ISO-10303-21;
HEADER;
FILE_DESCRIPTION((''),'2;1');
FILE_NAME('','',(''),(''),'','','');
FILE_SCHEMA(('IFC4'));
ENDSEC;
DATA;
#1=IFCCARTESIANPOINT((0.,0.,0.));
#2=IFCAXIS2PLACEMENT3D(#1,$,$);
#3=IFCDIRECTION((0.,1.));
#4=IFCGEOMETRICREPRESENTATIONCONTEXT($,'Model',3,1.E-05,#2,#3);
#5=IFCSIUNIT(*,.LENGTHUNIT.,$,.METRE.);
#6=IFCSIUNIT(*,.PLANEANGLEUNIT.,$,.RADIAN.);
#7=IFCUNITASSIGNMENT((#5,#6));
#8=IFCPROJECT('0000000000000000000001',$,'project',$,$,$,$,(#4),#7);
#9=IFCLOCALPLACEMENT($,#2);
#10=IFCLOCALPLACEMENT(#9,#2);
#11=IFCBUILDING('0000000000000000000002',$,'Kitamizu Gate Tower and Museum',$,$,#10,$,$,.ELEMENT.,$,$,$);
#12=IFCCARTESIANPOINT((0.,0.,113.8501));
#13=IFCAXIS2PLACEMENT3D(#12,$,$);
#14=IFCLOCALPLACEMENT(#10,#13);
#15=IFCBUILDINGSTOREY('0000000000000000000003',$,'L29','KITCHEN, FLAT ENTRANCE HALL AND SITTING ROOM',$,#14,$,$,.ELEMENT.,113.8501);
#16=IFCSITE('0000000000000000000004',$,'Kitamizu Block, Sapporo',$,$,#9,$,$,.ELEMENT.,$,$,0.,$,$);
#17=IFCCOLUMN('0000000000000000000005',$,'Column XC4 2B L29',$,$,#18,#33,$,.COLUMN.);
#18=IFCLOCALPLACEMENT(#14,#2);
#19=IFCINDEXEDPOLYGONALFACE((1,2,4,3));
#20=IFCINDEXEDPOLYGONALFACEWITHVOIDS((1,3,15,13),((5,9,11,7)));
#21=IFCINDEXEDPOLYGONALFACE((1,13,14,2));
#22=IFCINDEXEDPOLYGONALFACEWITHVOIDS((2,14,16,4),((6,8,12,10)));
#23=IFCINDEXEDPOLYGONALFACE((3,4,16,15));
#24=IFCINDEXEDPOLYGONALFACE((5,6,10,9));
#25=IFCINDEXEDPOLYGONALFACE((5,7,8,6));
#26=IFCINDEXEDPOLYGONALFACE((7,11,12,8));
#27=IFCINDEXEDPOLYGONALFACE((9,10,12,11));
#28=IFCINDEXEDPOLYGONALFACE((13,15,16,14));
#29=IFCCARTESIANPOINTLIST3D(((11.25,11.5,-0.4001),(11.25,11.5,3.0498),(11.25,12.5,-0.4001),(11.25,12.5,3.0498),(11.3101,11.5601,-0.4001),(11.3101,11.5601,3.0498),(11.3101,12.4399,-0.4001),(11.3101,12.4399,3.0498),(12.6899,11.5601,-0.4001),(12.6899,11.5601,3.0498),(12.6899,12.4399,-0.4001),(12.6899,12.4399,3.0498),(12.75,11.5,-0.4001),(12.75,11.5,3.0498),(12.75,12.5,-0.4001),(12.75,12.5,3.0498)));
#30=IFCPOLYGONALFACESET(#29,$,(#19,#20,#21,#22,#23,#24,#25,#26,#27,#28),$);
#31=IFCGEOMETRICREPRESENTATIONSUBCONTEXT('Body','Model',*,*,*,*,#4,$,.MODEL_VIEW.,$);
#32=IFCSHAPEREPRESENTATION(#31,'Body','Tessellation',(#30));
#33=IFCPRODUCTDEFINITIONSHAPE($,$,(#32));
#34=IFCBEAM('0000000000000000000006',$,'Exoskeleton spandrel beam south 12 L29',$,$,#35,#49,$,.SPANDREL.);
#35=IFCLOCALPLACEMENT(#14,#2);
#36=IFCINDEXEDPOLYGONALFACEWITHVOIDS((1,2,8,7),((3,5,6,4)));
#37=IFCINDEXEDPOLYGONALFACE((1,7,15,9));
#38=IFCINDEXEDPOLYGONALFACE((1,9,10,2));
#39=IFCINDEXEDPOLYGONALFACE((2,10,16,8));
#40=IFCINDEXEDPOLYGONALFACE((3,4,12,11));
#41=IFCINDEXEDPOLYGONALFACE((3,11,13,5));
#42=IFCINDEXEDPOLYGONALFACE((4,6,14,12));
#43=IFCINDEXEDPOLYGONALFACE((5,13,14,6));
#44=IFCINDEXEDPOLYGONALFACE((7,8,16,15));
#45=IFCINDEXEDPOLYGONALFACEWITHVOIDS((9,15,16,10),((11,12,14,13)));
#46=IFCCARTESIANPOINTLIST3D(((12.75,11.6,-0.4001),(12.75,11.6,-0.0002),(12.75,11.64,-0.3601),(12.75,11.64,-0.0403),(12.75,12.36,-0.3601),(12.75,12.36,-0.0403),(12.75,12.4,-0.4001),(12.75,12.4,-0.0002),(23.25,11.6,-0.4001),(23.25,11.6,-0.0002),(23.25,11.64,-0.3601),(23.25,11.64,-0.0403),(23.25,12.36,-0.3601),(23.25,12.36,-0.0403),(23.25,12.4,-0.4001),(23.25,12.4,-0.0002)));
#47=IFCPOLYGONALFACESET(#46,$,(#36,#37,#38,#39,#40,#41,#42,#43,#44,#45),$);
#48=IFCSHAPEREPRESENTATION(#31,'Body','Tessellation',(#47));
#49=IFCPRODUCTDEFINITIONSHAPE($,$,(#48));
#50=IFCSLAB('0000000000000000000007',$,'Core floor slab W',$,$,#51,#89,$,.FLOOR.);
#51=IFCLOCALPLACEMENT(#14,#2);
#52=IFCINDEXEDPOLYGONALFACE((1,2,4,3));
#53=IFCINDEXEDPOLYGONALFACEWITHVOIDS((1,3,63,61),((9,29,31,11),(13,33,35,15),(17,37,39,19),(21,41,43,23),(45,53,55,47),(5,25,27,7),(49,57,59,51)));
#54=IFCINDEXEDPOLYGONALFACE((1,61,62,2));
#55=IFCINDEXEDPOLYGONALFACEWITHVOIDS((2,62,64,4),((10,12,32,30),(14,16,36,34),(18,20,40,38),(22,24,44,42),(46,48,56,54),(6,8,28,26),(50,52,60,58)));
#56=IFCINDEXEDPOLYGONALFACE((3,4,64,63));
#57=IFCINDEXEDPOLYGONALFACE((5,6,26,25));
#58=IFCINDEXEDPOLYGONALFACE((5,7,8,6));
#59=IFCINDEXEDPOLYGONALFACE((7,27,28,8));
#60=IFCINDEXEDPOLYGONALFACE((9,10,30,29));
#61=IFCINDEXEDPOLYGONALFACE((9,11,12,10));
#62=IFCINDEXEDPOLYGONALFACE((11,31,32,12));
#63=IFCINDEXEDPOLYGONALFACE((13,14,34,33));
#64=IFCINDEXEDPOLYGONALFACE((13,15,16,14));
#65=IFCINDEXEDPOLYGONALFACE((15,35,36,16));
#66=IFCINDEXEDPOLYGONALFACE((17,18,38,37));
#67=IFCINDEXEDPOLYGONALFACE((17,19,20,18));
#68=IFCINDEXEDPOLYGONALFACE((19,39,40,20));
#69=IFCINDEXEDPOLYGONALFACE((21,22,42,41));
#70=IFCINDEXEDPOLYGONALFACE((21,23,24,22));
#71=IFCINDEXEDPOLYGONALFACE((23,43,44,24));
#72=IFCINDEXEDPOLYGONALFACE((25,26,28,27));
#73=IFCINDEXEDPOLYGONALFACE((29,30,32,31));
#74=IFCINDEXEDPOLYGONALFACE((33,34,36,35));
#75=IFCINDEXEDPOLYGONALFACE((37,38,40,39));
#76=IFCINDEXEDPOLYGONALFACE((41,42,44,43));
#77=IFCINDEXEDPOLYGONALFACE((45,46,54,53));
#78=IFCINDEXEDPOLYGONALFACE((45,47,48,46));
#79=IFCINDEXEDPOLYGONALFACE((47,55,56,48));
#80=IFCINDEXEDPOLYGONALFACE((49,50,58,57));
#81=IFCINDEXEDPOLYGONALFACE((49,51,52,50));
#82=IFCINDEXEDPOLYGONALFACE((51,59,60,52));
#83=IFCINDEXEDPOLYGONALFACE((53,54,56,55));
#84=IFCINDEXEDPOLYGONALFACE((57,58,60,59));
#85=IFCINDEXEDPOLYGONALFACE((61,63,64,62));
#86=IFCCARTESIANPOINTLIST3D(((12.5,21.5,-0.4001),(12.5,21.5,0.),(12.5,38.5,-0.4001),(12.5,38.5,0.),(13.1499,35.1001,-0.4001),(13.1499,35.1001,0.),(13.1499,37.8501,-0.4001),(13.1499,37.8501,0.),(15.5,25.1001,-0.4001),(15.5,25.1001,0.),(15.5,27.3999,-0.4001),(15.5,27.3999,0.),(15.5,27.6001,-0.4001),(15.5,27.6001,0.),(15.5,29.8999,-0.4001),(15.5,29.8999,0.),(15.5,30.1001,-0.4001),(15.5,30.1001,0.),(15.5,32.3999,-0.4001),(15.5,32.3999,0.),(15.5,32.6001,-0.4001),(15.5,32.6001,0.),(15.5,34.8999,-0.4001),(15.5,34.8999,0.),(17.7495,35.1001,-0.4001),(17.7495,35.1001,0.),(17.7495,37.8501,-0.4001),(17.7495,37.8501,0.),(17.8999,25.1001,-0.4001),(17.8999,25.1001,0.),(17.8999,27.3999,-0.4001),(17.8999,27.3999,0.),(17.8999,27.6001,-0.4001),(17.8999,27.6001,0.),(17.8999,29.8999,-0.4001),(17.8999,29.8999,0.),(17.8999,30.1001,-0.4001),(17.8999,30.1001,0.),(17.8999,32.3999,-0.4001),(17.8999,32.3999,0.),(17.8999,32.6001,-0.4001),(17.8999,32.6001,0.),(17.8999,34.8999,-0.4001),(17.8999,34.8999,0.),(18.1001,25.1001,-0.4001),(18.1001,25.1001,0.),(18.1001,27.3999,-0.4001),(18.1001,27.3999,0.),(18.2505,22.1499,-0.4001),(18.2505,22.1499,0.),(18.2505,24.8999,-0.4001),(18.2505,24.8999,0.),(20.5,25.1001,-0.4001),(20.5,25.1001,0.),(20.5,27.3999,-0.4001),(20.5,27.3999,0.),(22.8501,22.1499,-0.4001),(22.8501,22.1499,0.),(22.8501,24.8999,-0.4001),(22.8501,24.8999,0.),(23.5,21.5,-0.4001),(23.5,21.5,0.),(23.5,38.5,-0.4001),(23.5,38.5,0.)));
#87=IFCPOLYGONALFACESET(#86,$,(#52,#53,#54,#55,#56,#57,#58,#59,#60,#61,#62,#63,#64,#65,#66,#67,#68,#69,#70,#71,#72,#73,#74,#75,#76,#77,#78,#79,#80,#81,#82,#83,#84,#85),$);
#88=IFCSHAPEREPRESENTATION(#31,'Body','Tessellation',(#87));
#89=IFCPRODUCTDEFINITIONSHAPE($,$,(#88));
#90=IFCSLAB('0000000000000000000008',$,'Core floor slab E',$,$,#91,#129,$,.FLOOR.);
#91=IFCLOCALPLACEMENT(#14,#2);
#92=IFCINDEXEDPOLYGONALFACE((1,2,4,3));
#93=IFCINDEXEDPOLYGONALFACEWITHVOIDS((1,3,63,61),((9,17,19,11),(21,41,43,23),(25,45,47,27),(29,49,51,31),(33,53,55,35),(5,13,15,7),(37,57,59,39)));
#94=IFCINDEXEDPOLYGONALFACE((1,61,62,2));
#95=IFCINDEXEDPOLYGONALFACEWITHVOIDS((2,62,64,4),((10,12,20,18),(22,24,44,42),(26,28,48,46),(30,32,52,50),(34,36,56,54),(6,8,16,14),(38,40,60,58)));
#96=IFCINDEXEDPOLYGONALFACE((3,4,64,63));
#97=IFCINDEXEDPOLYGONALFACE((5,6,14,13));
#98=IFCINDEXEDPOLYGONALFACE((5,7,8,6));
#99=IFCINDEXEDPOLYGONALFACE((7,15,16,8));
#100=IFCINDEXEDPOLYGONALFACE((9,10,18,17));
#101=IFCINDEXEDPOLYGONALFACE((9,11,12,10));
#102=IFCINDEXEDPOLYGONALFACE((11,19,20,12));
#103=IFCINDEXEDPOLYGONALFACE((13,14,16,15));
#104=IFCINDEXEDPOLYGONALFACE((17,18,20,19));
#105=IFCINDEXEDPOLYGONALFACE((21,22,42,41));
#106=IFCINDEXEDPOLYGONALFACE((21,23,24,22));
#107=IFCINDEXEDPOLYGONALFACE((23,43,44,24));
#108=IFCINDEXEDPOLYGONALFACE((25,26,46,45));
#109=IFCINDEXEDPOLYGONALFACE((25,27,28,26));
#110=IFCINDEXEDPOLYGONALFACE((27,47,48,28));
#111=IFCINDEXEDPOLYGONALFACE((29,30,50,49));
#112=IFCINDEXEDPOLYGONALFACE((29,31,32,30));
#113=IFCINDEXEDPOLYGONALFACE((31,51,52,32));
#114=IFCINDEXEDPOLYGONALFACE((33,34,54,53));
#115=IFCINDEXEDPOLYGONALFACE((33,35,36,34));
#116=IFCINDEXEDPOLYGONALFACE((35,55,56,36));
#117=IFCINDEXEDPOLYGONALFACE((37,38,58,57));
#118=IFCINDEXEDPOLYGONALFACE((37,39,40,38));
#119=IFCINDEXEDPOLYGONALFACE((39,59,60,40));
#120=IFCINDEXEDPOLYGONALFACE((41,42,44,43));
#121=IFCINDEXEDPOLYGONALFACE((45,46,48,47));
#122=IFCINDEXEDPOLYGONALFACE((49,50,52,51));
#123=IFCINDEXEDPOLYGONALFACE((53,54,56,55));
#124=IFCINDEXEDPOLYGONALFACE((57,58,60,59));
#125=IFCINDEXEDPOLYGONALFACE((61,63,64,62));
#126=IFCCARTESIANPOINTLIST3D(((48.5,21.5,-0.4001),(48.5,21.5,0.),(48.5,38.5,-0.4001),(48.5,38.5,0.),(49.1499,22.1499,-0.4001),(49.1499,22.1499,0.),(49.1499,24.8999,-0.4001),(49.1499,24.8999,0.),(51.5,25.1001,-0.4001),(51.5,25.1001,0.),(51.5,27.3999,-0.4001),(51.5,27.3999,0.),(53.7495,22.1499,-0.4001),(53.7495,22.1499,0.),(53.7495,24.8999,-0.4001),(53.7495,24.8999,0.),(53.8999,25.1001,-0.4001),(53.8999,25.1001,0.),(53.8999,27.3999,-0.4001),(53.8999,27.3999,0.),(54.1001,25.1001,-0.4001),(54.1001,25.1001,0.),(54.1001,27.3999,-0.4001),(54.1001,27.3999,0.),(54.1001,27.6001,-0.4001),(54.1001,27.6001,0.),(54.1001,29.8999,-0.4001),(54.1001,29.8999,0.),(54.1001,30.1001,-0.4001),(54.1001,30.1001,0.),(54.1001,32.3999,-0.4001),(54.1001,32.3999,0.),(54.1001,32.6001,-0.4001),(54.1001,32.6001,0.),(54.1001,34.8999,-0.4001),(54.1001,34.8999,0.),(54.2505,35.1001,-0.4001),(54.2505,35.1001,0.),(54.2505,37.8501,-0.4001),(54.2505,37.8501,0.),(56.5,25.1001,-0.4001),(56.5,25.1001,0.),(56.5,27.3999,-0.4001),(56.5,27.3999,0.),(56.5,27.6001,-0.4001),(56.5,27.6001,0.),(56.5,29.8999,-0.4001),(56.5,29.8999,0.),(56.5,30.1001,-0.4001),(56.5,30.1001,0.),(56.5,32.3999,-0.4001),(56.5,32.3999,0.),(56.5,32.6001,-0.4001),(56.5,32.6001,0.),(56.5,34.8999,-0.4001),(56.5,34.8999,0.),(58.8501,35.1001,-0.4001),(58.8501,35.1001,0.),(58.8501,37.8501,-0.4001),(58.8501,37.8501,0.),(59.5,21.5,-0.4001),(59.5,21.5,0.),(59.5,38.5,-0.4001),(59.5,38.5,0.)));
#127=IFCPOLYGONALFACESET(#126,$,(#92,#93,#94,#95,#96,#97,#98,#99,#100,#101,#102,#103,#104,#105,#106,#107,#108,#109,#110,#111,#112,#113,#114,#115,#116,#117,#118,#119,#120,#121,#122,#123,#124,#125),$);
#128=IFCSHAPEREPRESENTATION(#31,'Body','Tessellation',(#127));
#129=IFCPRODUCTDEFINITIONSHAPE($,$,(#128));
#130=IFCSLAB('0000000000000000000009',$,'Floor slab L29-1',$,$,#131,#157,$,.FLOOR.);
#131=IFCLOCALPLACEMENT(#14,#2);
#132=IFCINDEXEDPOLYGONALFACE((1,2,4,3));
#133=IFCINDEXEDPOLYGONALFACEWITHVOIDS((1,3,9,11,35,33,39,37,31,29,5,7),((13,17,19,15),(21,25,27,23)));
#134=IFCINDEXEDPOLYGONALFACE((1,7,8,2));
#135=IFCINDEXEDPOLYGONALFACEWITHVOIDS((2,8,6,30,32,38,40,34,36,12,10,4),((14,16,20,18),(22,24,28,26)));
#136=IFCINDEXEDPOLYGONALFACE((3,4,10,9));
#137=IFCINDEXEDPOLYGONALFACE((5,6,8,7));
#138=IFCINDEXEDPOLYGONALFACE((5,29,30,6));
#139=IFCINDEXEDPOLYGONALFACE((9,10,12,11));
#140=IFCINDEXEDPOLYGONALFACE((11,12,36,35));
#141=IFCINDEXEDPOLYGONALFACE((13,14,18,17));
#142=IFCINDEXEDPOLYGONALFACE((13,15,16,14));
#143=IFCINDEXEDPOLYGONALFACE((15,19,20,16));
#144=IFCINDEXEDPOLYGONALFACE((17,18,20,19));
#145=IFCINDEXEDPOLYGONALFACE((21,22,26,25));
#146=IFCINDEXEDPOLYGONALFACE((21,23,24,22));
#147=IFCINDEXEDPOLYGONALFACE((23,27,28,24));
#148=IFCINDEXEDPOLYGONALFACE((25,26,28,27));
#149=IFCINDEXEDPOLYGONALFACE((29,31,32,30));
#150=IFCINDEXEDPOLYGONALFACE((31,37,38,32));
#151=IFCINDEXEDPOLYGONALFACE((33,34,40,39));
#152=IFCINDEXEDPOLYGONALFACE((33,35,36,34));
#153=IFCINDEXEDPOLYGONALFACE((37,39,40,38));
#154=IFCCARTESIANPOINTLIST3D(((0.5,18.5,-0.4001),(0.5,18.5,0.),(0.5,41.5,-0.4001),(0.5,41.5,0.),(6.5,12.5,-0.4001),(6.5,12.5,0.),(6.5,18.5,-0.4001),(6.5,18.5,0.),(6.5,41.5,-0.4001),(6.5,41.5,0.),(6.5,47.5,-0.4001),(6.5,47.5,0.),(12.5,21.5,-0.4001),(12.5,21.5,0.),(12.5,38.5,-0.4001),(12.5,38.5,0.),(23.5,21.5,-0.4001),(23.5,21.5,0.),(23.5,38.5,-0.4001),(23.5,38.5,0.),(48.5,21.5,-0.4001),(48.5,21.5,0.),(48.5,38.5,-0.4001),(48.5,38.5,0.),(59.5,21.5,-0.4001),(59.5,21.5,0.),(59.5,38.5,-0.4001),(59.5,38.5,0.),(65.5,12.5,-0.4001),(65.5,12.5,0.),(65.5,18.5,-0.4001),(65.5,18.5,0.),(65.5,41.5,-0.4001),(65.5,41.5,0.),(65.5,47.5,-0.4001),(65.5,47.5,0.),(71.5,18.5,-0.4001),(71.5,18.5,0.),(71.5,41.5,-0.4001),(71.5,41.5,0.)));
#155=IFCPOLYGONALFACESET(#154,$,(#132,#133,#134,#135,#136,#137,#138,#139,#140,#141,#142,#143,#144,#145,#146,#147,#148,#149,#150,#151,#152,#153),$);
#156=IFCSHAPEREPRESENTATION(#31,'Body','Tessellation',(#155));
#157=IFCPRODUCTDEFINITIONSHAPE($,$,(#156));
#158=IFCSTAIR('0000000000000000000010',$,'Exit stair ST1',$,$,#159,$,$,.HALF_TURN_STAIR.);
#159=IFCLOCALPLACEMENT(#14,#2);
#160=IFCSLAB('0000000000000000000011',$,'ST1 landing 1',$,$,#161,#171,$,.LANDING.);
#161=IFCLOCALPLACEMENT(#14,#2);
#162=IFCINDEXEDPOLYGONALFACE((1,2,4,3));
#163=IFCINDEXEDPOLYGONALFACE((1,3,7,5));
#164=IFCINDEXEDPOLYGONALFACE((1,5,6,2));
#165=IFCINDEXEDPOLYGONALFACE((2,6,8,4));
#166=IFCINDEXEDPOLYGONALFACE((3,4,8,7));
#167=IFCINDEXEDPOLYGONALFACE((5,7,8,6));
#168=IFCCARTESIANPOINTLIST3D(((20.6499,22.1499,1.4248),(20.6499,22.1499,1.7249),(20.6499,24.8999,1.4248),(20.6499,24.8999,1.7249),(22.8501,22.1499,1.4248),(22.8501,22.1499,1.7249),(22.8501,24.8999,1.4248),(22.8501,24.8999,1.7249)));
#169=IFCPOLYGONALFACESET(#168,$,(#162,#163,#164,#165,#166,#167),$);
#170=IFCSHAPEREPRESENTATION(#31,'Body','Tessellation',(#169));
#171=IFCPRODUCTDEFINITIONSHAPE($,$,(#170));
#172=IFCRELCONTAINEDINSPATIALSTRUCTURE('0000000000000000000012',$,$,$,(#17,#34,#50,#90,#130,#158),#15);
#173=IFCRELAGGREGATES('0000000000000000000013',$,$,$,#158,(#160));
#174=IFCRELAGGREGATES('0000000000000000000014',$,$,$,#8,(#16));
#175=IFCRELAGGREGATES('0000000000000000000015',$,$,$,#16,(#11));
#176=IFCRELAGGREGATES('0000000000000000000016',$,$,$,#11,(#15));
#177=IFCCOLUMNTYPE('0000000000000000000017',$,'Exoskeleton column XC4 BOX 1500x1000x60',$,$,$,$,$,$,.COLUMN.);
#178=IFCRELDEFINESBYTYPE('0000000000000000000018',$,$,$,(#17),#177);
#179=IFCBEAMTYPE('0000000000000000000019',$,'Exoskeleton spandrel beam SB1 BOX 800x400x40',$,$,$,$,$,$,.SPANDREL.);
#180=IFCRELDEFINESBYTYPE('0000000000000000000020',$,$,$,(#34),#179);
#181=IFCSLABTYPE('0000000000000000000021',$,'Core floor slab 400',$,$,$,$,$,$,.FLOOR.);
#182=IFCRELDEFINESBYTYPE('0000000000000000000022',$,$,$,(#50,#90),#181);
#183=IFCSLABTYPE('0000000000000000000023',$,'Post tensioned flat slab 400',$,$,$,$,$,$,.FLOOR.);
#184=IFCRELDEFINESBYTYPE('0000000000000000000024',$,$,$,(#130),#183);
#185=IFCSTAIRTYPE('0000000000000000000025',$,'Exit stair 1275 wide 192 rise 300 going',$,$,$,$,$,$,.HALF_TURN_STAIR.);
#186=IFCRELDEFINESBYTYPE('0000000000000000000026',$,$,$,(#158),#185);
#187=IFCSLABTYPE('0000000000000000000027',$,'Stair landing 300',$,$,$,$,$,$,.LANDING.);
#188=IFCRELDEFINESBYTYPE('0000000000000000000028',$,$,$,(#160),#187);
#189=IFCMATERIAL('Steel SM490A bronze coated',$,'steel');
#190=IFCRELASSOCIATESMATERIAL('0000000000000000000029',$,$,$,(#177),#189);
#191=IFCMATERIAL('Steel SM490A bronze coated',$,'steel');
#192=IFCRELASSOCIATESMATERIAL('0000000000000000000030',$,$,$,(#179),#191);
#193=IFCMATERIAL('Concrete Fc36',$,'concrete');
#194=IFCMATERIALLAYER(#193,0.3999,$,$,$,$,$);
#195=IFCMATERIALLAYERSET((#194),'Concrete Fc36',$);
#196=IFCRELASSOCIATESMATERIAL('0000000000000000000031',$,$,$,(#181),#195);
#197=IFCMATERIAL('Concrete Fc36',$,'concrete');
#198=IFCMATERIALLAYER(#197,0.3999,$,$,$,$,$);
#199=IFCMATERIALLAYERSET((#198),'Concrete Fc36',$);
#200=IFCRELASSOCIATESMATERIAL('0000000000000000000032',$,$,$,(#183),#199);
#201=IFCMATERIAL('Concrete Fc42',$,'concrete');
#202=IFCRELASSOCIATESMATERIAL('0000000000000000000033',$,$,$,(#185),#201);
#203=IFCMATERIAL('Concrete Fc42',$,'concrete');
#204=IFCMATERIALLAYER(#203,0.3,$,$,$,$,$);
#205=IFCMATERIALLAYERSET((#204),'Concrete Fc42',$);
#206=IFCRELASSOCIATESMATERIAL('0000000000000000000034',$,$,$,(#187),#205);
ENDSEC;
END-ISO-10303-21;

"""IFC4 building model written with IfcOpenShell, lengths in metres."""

from ifc_helpers import new_model, si_unit, direction, frame, origin, origin_2d, place, context, subcontext, project, spatial, polyline, hollow_rectangle, outline, extrude, material, layer, layer_set, material_profile, profile_set, type_object, element, aggregate, save


model = new_model("IFC4")

# Units and contexts
model_context = context("Model", 3, precision=1e-05, world=origin(), true_north=direction((0.0, 1.0)))
body_context = subcontext(model_context, "Body", "Model", "MODEL_VIEW")
ifc_project = project(units=[si_unit("LENGTHUNIT", "METRE"), si_unit("PLANEANGLEUNIT", "RADIAN")], contexts=[model_context])

# Site, building, storey
site_placement = place(None, origin())
site = spatial("IfcSite", under=ifc_project, at=site_placement, Name="Kitamizu Block, Sapporo", CompositionType="ELEMENT", RefElevation=0.0)
building_placement = place(site_placement, origin())
building = spatial("IfcBuilding", under=site, at=building_placement, Name="Kitamizu Gate Tower and Museum", CompositionType="ELEMENT")
storey_placement = place(building_placement, frame((0.0, 0.0, 113.8501)))
storey = spatial("IfcBuildingStorey", under=building, at=storey_placement, Name="L29", Description="KITCHEN, FLAT ENTRANCE HALL AND SITTING ROOM", CompositionType="ELEMENT", Elevation=113.8501)

# Column
ifc_material_1 = material(Name="Steel SM490A bronze coated", Category="steel")
ifc_material_profile_1 = material_profile(ifc_material_1, hollow_rectangle(XDim=1.5, YDim=1.0, WallThickness=0.0601, at=origin_2d()), Name="BOX 1500x1000x60")
ifc_profile_set_1 = profile_set([ifc_material_profile_1], Name="Steel SM490A bronze coated")
column_type = type_object("IfcColumnType", Name="Exoskeleton column XC4 BOX 1500x1000x60", PredefinedType="COLUMN", material=ifc_profile_set_1)
column_placement = place(storey_placement, frame((12.0, 12.0, -0.4001), z_axis=(0.0, 0.0, 1.0), x_axis=(1.0, 0.0, 0.0)))
element("IfcColumn", 1, at=column_placement, inside=storey, type_object=column_type, Name="Column XC4 2B L29", PredefinedType="COLUMN", context=body_context, shape_type="SweptSolid", body=[
    extrude(hollow_rectangle(XDim=1.5, YDim=1.0, WallThickness=0.0601, at=origin_2d()), origin(), (0.0, 0.0, 1.0), 3.45),
])

# Beam
ifc_material_2 = material(Name="Steel SM490A bronze coated", Category="steel")
ifc_material_profile_2 = material_profile(ifc_material_2, hollow_rectangle(XDim=0.8, YDim=0.3999, WallThickness=0.04, at=origin_2d()), Name="BOX 800x400x40")
ifc_profile_set_2 = profile_set([ifc_material_profile_2], Name="Steel SM490A bronze coated")
beam_type = type_object("IfcBeamType", Name="Exoskeleton spandrel beam SB1 BOX 800x400x40", PredefinedType="SPANDREL", material=ifc_profile_set_2)
beam_placement = place(storey_placement, frame((12.75, 12.0, -0.2002), z_axis=(1.0, 0.0, 0.0), x_axis=(0.0, 1.0, 0.0)))
element("IfcBeam", 2, at=beam_placement, inside=storey, type_object=beam_type, Name="Exoskeleton spandrel beam south 12 L29", PredefinedType="SPANDREL", context=body_context, shape_type="SweptSolid", body=[
    extrude(hollow_rectangle(XDim=0.8, YDim=0.3999, WallThickness=0.04, at=origin_2d()), origin(), (0.0, 0.0, 1.0), 10.5),
])

# Slabs
ifc_material_3 = material(Name="Concrete Fc36", Category="concrete")
ifc_layer_1 = layer(ifc_material_3, 0.3999)
ifc_layer_set_1 = layer_set([ifc_layer_1], Name="Concrete Fc36")
slab_type_1 = type_object("IfcSlabType", Name="Core floor slab 400", PredefinedType="FLOOR", material=ifc_layer_set_1)
slab_1_placement = place(storey_placement, frame((0.0, 0.0, -0.4001)))
element("IfcSlab", 3, at=slab_1_placement, inside=storey, type_object=slab_type_1, Name="Core floor slab W", PredefinedType="FLOOR", context=body_context, shape_type="SweptSolid", body=[
    extrude(outline(polyline([(12.5, 21.5), (23.5, 21.5), (23.5, 38.5), (12.5, 38.5), (12.5, 21.5)]), holes=[polyline([(15.5, 25.1001), (17.8999, 25.1001), (17.8999, 27.3999), (15.5, 27.3999), (15.5, 25.1001)]), polyline([(15.5, 27.6001), (17.8999, 27.6001), (17.8999, 29.8999), (15.5, 29.8999), (15.5, 27.6001)]), polyline([(15.5, 30.1001), (17.8999, 30.1001), (17.8999, 32.3999), (15.5, 32.3999), (15.5, 30.1001)]), polyline([(15.5, 32.6001), (17.8999, 32.6001), (17.8999, 34.8999), (15.5, 34.8999), (15.5, 32.6001)]), polyline([(18.1001, 25.1001), (20.5, 25.1001), (20.5, 27.3999), (18.1001, 27.3999), (18.1001, 25.1001)]), polyline([(18.2505, 22.1499), (22.8501, 22.1499), (22.8501, 24.8999), (18.2505, 24.8999), (18.2505, 22.1499)]), polyline([(13.1499, 35.1001), (17.7495, 35.1001), (17.7495, 37.8501), (13.1499, 37.8501), (13.1499, 35.1001)])]), origin(), (0.0, 0.0, 1.0), 0.4001),
])
slab_2_placement = place(storey_placement, frame((0.0, 0.0, -0.4001)))
element("IfcSlab", 4, at=slab_2_placement, inside=storey, type_object=slab_type_1, Name="Core floor slab E", PredefinedType="FLOOR", context=body_context, shape_type="SweptSolid", body=[
    extrude(outline(polyline([(48.5, 21.5), (59.5, 21.5), (59.5, 38.5), (48.5, 38.5), (48.5, 21.5)]), holes=[polyline([(54.1001, 25.1001), (56.5, 25.1001), (56.5, 27.3999), (54.1001, 27.3999), (54.1001, 25.1001)]), polyline([(54.1001, 27.6001), (56.5, 27.6001), (56.5, 29.8999), (54.1001, 29.8999), (54.1001, 27.6001)]), polyline([(54.1001, 30.1001), (56.5, 30.1001), (56.5, 32.3999), (54.1001, 32.3999), (54.1001, 30.1001)]), polyline([(54.1001, 32.6001), (56.5, 32.6001), (56.5, 34.8999), (54.1001, 34.8999), (54.1001, 32.6001)]), polyline([(51.5, 25.1001), (53.8999, 25.1001), (53.8999, 27.3999), (51.5, 27.3999), (51.5, 25.1001)]), polyline([(49.1499, 22.1499), (53.7495, 22.1499), (53.7495, 24.8999), (49.1499, 24.8999), (49.1499, 22.1499)]), polyline([(54.2505, 35.1001), (58.8501, 35.1001), (58.8501, 37.8501), (54.2505, 37.8501), (54.2505, 35.1001)])]), origin(), (0.0, 0.0, 1.0), 0.4001),
])
ifc_material_4 = material(Name="Concrete Fc36", Category="concrete")
ifc_layer_2 = layer(ifc_material_4, 0.3999)
ifc_layer_set_2 = layer_set([ifc_layer_2], Name="Concrete Fc36")
slab_type_2 = type_object("IfcSlabType", Name="Post tensioned flat slab 400", PredefinedType="FLOOR", material=ifc_layer_set_2)
slab_3_placement = place(storey_placement, frame((0.0, 0.0, -0.4001)))
element("IfcSlab", 5, at=slab_3_placement, inside=storey, type_object=slab_type_2, Name="Floor slab L29-1", PredefinedType="FLOOR", context=body_context, shape_type="SweptSolid", body=[
    extrude(outline(polyline([(0.5, 18.5), (0.5, 41.5), (6.5, 41.5), (6.5, 47.5), (65.5, 47.5), (65.5, 41.5), (71.5, 41.5), (71.5, 18.5), (65.5, 18.5), (65.5, 12.5), (6.5, 12.5), (6.5, 18.5), (0.5, 18.5)]), holes=[polyline([(59.5, 38.5), (48.5, 38.5), (48.5, 21.5), (59.5, 21.5), (59.5, 38.5)]), polyline([(12.5, 38.5), (12.5, 21.5), (23.5, 21.5), (23.5, 38.5), (12.5, 38.5)])]), origin(), (0.0, 0.0, 1.0), 0.4001),
])

# Stair, slab
ifc_material_5 = material(Name="Concrete Fc42", Category="concrete")
stair_type = type_object("IfcStairType", Name="Exit stair 1275 wide 192 rise 300 going", PredefinedType="HALF_TURN_STAIR", material=ifc_material_5)
stair_1_placement = place(storey_placement, origin())
stair_1 = element("IfcStair", 6, at=stair_1_placement, inside=storey, type_object=stair_type, Name="Exit stair ST1", PredefinedType="HALF_TURN_STAIR")
ifc_material_6 = material(Name="Concrete Fc42", Category="concrete")
ifc_layer_3 = layer(ifc_material_6, 0.3)
ifc_layer_set_3 = layer_set([ifc_layer_3], Name="Concrete Fc42")
slab_type_3 = type_object("IfcSlabType", Name="Stair landing 300", PredefinedType="LANDING", material=ifc_layer_set_3)
slab_4_placement = place(storey_placement, frame((0.0, 0.0, 1.4248)))
slab_4 = element("IfcSlab", 7, at=slab_4_placement, type_object=slab_type_3, Name="ST1 landing 1", PredefinedType="LANDING", context=body_context, shape_type="SweptSolid", body=[
    extrude(outline(polyline([(20.6499, 22.1499), (22.8501, 22.1499), (22.8501, 24.8999), (20.6499, 24.8999), (20.6499, 22.1499)])), origin(), (0.0, 0.0, 1.0), 0.3),
])
aggregate(stair_1, [slab_4])

save(model, "model.ifc")
